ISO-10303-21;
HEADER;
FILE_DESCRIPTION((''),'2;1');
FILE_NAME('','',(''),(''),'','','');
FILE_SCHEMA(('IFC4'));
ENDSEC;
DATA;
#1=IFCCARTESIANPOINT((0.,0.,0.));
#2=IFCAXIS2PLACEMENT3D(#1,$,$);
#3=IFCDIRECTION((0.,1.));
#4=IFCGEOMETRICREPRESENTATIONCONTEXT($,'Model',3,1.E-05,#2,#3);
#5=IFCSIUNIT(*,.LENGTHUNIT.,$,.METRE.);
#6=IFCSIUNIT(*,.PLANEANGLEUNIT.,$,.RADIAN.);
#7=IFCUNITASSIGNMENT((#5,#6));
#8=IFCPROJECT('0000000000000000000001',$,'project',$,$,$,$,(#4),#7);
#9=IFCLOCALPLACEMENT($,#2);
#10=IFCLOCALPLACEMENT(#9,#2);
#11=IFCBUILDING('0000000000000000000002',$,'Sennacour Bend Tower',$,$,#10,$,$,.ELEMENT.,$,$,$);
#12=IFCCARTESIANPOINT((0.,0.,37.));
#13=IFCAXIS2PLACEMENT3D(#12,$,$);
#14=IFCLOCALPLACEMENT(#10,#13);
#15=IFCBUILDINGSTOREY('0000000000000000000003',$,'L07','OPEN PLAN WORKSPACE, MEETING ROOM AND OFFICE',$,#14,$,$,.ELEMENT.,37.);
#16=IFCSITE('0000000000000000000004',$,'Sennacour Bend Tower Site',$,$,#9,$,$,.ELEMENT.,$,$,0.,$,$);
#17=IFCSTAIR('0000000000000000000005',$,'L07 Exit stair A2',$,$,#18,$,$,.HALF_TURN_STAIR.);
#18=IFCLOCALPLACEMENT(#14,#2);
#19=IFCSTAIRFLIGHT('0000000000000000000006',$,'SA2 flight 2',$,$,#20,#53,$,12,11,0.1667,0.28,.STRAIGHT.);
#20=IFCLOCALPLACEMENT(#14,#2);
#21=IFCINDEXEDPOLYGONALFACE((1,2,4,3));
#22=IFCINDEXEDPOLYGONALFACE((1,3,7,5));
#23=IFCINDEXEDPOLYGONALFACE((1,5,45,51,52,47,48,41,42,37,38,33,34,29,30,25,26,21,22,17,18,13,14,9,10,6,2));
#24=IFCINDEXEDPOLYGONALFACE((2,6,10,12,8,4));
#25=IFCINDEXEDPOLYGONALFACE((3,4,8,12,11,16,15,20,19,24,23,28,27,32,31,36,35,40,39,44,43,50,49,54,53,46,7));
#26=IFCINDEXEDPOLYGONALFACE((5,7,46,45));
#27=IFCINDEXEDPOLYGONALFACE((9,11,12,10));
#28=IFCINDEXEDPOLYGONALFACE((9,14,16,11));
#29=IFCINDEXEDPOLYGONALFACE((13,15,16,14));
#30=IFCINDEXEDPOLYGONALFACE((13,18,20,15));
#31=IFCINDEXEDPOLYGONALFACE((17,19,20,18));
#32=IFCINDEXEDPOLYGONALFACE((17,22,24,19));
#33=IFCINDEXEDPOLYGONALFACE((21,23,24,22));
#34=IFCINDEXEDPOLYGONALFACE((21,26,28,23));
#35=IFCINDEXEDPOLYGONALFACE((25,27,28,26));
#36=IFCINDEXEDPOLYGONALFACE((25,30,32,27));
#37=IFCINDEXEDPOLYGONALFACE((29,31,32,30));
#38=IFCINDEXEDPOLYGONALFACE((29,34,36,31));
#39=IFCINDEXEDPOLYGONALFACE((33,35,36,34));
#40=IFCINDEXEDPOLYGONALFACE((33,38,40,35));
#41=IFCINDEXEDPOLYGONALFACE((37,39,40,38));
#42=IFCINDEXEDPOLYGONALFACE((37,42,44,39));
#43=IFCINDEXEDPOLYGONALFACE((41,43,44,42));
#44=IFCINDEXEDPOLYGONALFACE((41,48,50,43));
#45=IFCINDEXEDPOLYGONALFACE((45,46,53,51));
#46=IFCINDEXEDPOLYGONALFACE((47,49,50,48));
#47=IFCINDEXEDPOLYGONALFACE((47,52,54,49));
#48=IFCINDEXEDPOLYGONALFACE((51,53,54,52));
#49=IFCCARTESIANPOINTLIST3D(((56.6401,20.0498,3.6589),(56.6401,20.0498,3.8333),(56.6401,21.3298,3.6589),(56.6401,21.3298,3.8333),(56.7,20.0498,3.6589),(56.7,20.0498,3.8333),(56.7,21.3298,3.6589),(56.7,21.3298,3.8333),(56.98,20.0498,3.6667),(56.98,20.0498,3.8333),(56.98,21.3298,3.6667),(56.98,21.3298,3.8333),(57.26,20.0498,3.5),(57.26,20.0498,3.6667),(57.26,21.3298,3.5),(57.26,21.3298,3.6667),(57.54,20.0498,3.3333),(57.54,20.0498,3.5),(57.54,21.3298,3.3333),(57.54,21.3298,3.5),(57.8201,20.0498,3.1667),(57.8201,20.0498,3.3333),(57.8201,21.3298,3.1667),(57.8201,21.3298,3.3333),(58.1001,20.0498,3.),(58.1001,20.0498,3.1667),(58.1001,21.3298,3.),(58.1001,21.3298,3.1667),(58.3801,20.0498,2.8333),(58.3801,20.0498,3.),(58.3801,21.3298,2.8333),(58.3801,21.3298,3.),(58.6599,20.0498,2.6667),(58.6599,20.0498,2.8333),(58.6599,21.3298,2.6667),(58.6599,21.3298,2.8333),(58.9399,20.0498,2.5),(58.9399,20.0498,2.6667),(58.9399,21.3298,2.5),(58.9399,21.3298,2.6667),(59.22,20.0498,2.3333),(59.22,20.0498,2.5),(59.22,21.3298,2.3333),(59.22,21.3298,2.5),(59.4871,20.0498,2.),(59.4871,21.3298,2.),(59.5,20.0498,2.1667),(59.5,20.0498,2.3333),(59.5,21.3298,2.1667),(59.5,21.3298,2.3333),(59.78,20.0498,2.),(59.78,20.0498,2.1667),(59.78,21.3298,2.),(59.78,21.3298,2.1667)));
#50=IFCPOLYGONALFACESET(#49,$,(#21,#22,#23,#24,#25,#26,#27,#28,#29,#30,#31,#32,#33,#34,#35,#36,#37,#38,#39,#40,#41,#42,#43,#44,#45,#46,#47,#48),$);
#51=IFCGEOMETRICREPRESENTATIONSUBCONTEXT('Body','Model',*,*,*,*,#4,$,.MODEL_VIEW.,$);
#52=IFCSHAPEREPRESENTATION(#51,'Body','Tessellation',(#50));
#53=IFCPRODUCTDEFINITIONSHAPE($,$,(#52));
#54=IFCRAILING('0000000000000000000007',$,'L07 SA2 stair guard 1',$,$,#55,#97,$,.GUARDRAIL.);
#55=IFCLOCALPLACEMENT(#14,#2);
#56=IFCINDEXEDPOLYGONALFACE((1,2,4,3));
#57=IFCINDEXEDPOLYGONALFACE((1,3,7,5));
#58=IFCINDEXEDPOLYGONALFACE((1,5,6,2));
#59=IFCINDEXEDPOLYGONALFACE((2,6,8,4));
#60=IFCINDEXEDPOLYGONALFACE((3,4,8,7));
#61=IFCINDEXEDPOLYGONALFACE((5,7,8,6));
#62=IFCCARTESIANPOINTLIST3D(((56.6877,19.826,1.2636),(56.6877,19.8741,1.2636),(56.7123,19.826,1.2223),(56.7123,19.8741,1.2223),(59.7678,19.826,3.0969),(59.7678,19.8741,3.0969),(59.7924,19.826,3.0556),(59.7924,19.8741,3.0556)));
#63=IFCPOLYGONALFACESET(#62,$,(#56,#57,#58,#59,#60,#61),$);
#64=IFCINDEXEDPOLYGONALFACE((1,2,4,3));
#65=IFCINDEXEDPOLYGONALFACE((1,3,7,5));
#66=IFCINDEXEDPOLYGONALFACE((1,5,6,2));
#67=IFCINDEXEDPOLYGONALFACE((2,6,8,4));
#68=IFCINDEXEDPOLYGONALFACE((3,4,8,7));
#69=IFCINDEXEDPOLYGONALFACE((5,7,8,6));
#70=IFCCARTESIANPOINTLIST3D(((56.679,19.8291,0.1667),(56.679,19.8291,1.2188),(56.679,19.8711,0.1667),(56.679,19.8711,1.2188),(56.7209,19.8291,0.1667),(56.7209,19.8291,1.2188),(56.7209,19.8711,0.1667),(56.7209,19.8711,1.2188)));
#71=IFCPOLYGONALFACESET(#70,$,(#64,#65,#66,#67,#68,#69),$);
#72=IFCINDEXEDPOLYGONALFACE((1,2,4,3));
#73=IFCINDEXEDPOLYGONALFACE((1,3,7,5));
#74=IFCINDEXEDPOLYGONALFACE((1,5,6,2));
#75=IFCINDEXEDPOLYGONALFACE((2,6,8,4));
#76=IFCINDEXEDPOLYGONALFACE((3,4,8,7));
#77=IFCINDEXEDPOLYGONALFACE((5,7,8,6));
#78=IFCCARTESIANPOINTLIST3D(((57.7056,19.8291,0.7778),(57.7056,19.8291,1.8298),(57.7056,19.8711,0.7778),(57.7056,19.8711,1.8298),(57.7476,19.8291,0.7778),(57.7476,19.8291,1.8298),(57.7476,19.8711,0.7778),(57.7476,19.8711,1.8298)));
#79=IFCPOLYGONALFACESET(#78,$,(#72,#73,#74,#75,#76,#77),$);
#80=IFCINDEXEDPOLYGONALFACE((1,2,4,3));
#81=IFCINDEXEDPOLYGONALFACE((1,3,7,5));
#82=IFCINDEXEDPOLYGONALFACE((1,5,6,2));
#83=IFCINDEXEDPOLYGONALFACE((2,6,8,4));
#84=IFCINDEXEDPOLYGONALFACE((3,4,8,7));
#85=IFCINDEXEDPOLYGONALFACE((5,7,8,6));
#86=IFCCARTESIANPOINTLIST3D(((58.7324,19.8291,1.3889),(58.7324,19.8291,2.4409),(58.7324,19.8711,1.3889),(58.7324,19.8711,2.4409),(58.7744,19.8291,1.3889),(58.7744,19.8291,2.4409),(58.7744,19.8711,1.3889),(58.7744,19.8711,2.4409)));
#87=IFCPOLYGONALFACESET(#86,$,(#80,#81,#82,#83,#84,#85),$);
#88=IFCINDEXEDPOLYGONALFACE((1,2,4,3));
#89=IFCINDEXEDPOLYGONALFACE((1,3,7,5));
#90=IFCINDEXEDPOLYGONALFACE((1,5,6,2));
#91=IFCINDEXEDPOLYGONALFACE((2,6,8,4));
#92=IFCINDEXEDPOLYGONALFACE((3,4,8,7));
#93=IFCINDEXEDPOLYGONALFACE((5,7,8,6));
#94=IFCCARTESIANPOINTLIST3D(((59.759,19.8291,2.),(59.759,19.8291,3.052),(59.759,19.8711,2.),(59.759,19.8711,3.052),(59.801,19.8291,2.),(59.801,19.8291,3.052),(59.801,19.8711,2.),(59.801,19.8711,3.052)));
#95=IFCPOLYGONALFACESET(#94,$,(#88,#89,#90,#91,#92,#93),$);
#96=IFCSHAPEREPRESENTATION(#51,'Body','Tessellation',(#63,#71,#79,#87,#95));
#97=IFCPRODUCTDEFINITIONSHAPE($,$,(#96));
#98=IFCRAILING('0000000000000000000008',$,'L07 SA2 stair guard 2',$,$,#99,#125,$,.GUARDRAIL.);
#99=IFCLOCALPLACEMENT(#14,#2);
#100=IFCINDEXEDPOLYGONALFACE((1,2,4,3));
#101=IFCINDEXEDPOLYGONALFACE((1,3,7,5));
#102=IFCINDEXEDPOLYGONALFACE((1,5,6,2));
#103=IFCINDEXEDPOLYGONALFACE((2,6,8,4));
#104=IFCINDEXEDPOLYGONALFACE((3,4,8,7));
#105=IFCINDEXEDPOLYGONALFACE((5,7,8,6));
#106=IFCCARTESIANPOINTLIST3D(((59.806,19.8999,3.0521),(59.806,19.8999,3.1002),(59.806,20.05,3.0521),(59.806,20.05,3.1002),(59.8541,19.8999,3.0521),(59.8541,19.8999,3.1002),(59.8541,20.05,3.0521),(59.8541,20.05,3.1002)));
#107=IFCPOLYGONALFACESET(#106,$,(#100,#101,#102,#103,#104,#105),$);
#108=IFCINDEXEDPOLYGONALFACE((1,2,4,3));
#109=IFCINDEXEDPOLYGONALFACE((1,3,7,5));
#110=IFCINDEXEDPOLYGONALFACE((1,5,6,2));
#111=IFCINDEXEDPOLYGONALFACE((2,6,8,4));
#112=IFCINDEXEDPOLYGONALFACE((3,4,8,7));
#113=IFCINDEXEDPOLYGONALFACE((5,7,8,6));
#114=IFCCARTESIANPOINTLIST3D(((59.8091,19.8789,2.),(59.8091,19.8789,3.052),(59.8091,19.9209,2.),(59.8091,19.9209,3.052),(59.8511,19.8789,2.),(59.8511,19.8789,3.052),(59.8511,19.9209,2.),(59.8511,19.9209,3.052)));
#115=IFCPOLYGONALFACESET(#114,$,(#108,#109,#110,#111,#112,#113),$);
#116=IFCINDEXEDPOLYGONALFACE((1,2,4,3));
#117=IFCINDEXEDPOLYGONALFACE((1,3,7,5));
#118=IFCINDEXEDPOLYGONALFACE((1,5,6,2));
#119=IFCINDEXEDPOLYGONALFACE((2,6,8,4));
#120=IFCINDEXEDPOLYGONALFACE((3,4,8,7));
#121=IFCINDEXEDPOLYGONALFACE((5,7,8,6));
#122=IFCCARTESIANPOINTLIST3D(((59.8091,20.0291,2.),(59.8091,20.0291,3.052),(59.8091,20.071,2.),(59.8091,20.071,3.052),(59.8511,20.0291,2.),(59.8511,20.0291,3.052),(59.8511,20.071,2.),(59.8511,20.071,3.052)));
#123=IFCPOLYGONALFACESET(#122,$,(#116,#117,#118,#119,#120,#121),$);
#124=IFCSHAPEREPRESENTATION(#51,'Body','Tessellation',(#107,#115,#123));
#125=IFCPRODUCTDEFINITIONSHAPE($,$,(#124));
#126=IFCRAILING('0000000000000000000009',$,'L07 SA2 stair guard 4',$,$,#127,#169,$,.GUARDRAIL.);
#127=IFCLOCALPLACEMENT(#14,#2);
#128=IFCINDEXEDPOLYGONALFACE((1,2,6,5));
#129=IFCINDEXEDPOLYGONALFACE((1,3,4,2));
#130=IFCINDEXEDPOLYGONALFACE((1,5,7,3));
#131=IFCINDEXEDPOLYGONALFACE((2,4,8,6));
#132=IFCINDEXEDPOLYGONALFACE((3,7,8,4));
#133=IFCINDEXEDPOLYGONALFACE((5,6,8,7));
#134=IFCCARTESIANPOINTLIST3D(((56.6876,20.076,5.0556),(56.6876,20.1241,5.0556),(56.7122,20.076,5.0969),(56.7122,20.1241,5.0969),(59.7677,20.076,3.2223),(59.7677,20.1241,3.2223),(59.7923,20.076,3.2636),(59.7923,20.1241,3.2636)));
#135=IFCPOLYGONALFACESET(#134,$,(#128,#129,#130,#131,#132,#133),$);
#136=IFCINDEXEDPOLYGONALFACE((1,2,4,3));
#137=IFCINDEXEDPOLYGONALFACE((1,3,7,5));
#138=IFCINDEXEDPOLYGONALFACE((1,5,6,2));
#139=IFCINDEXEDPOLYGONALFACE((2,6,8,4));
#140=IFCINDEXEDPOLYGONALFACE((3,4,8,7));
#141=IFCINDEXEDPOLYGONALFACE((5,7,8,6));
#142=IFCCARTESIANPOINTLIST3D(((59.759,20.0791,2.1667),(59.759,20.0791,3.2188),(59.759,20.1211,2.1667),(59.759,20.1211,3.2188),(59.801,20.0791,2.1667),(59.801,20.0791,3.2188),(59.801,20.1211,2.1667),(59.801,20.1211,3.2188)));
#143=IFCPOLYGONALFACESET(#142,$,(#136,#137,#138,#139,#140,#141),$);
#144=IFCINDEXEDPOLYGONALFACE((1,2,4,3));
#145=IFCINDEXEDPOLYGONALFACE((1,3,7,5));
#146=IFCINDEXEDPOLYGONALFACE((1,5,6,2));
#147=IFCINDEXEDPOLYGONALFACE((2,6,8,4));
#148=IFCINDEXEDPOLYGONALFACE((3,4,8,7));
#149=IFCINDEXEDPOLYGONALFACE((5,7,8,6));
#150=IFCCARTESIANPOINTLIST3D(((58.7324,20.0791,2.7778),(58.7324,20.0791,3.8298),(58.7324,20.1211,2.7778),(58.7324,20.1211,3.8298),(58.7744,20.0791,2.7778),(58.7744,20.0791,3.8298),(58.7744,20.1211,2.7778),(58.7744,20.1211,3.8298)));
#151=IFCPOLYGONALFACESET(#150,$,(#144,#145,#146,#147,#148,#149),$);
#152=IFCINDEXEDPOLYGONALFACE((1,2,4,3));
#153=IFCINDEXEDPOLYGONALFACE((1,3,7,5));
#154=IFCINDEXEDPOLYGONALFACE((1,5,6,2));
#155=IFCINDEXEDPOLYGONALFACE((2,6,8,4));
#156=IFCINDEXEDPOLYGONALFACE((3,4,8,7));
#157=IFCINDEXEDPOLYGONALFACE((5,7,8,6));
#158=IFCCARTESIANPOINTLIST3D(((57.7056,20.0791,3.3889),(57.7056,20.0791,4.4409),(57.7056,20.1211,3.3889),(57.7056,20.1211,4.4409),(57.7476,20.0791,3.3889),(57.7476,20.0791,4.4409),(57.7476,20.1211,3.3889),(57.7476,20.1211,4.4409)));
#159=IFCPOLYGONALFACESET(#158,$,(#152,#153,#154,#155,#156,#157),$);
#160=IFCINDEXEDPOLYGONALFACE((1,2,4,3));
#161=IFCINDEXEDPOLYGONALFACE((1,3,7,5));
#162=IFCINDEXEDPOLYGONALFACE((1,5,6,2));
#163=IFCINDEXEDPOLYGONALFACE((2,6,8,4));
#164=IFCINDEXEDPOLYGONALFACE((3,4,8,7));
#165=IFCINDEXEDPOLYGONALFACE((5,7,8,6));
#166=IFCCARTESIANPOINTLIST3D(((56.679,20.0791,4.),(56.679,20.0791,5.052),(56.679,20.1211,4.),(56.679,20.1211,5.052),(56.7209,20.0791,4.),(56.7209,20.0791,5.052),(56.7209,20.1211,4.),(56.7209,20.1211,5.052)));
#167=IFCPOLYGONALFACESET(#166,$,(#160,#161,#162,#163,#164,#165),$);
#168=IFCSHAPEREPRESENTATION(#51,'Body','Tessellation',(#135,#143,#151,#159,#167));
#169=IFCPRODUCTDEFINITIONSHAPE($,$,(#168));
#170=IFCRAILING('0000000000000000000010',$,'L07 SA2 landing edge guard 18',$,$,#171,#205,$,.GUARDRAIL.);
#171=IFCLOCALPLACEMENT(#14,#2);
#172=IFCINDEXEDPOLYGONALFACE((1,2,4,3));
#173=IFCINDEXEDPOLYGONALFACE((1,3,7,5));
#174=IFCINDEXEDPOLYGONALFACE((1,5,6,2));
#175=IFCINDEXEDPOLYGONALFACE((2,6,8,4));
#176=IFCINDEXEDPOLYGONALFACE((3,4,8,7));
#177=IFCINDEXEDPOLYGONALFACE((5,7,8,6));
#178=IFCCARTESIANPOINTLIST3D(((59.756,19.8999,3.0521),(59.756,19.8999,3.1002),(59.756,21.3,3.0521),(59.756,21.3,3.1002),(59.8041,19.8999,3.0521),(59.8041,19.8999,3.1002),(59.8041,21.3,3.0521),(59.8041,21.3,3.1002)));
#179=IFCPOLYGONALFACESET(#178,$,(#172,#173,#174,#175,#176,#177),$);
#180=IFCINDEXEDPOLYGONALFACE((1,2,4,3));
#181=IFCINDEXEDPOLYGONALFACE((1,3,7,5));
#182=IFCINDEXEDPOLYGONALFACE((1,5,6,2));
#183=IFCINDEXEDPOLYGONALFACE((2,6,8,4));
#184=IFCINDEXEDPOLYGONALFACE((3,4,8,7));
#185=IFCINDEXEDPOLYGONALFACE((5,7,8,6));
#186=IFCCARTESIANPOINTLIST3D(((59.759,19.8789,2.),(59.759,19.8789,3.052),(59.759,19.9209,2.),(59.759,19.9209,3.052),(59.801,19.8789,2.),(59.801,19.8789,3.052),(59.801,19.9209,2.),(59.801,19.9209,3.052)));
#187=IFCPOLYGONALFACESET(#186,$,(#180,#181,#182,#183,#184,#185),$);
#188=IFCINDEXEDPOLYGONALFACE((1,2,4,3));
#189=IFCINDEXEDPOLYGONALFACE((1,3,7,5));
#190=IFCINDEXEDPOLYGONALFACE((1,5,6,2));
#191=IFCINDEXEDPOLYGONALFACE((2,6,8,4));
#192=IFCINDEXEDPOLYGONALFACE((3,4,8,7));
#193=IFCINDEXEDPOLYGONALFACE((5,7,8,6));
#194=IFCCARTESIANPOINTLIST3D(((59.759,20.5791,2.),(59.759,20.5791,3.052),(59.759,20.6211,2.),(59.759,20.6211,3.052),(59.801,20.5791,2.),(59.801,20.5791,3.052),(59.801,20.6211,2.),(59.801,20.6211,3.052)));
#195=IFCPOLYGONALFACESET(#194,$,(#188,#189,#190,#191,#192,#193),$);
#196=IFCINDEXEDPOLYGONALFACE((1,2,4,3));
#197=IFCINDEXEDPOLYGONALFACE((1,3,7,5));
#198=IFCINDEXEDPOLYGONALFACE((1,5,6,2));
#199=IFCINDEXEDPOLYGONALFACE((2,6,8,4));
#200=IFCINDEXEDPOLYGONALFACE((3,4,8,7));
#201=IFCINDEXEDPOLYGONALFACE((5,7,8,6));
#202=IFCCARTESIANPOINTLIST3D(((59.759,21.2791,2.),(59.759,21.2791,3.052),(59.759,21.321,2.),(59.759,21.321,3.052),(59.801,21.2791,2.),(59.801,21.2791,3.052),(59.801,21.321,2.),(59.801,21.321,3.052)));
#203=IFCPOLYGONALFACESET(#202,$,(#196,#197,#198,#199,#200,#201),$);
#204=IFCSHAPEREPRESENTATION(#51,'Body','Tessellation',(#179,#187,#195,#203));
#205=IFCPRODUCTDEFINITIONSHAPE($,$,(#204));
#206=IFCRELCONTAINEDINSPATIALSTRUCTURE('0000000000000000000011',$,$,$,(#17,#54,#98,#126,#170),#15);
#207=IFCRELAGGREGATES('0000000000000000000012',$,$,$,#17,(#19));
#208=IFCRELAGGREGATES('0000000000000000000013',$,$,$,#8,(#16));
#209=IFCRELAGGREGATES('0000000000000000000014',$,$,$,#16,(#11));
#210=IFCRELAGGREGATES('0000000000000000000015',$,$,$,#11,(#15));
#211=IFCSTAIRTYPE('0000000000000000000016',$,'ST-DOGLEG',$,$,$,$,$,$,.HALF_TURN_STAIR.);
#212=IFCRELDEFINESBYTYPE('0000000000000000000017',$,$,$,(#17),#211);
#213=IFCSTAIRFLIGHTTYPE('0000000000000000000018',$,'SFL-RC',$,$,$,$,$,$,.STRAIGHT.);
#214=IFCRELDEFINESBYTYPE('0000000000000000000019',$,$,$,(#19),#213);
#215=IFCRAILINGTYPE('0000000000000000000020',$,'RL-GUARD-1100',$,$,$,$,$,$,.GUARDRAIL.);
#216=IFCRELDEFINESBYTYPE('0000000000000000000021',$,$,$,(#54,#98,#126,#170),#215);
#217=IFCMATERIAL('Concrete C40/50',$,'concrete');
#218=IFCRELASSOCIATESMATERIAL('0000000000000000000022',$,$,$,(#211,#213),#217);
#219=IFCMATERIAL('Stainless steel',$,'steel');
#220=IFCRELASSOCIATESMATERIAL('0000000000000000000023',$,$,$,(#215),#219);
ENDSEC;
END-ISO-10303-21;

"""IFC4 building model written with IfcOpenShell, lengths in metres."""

from ifc_helpers import new_model, si_unit, direction, frame, origin, origin_2d, place, context, subcontext, project, spatial, polyline, rectangle, outline, extrude, material, type_object, element, aggregate, save


model = new_model("IFC4")

# Units and contexts
model_context = context("Model", 3, precision=1e-05, world=origin(), true_north=direction((0.0, 1.0)))
body_context = subcontext(model_context, "Body", "Model", "MODEL_VIEW")
ifc_project = project(units=[si_unit("LENGTHUNIT", "METRE"), si_unit("PLANEANGLEUNIT", "RADIAN")], contexts=[model_context])

# Site, building, storey
site_placement = place(None, origin())
site = spatial("IfcSite", under=ifc_project, at=site_placement, Name="Sennacour Bend Tower Site", CompositionType="ELEMENT", RefElevation=0.0)
building_placement = place(site_placement, origin())
building = spatial("IfcBuilding", under=site, at=building_placement, Name="Sennacour Bend Tower", CompositionType="ELEMENT")
storey_placement = place(building_placement, frame((0.0, 0.0, 37.0)))
storey = spatial("IfcBuildingStorey", under=building, at=storey_placement, Name="L07", Description="OPEN PLAN WORKSPACE, MEETING ROOM AND OFFICE", CompositionType="ELEMENT", Elevation=37.0)

# Shared definitions
ifc_material_1 = material(Name="Stainless steel", Category="steel")

# Stair, stair flight
ifc_material_2 = material(Name="Concrete C40/50", Category="concrete")
stair_type = type_object("IfcStairType", Name="ST-DOGLEG", PredefinedType="HALF_TURN_STAIR", material=ifc_material_2)
stair_placement = place(storey_placement, origin())
stair = element("IfcStair", 1, at=stair_placement, inside=storey, type_object=stair_type, Name="L07 Exit stair A2", PredefinedType="HALF_TURN_STAIR")
stair_flight_type = type_object("IfcStairFlightType", Name="SFL-RC", PredefinedType="STRAIGHT", material=ifc_material_2)
stair_flight_1_placement = place(storey_placement, frame((59.78, 20.6899, 2.0), z_axis=(0.0, 0.0, 1.0), x_axis=(-1.0, 0.0, 0.0)))
stair_flight_1 = element("IfcStairFlight", 2, at=stair_flight_1_placement, type_object=stair_flight_type, Name="SA2 flight 2", NumberOfRisers=12, NumberOfTreads=11, PredefinedType="STRAIGHT", RiserHeight=0.1667, TreadLength=0.28, context=body_context, shape_type="SweptSolid", body=[
    extrude(outline(polyline([(0.0, 0.0), (0.0, 0.1667), (0.28, 0.1667), (0.28, 0.3333), (0.5601, 0.3333), (0.5601, 0.5), (0.8401, 0.5), (0.8401, 0.6667), (1.1201, 0.6667), (1.1201, 0.8333), (1.3999, 0.8333), (1.3999, 1.0), (1.6799, 1.0), (1.6799, 1.1667), (1.96, 1.1667), (1.96, 1.3333), (2.24, 1.3333), (2.24, 1.5), (2.52, 1.5), (2.52, 1.6667), (2.8, 1.6667), (2.8, 1.8333), (3.0801, 1.8333), (3.1399, 1.8333), (3.1399, 1.6589), (3.0801, 1.6589), (0.293, 0.0), (0.0, 0.0)])), frame((0.0, 0.6401, 0.0), z_axis=(0.0, -1.0, 0.0), x_axis=(1.0, 0.0, 0.0)), (0.0, 0.0, 1.0), 1.28),
])
aggregate(stair, [stair_flight_1])

# Railings
railing_type_1 = type_object("IfcRailingType", Name="RL-GUARD-1100", PredefinedType="GUARDRAIL", material=ifc_material_1)
railing_1_placement = place(storey_placement, frame((56.7, 19.8501, 0.1667)))
element("IfcRailing", 3, at=railing_1_placement, inside=storey, type_object=railing_type_1, Name="L07 SA2 stair guard 1", PredefinedType="GUARDRAIL", context=body_context, shape_type="SweptSolid", body=[
    extrude(rectangle(XDim=0.0481, YDim=0.0481, at=origin_2d()), frame((0.0, 0.0, 1.0762), z_axis=(0.859309, 0.0, 0.511458), x_axis=(0.0, 1.0, 0.0)), (0.0, 0.0, 1.0), 3.5845),
    extrude(rectangle(XDim=0.042, YDim=0.042, at=origin_2d()), origin(), (0.0, 0.0, 1.0), 1.052),
    extrude(rectangle(XDim=0.042, YDim=0.042, at=origin_2d()), frame((1.0266, 0.0, 0.6111)), (0.0, 0.0, 1.0), 1.052),
    extrude(rectangle(XDim=0.042, YDim=0.042, at=origin_2d()), frame((2.0535, 0.0, 1.2222)), (0.0, 0.0, 1.0), 1.052),
    extrude(rectangle(XDim=0.042, YDim=0.042, at=origin_2d()), frame((3.0801, 0.0, 1.8333)), (0.0, 0.0, 1.0), 1.052),
])
railing_2_placement = place(storey_placement, frame((59.8301, 19.8999, 2.0)))
element("IfcRailing", 4, at=railing_2_placement, inside=storey, type_object=railing_type_1, Name="L07 SA2 stair guard 2", PredefinedType="GUARDRAIL", context=body_context, shape_type="SweptSolid", body=[
    extrude(rectangle(XDim=0.0481, YDim=0.0481, at=origin_2d()), frame((0.0, 0.0, 1.0762), z_axis=(0.0, 1.0, 0.0), x_axis=(-1.0, 0.0, 0.0)), (0.0, 0.0, 1.0), 0.1501),
    extrude(rectangle(XDim=0.042, YDim=0.042, at=origin_2d()), origin(), (0.0, 0.0, 1.0), 1.052),
    extrude(rectangle(XDim=0.042, YDim=0.042, at=origin_2d()), frame((0.0, 0.1501, 0.0)), (0.0, 0.0, 1.0), 1.052),
])
railing_3_placement = place(storey_placement, frame((59.78, 20.1001, 2.1667)))
element("IfcRailing", 5, at=railing_3_placement, inside=storey, type_object=railing_type_1, Name="L07 SA2 stair guard 4", PredefinedType="GUARDRAIL", context=body_context, shape_type="SweptSolid", body=[
    extrude(rectangle(XDim=0.0481, YDim=0.0481, at=origin_2d()), frame((0.0, 0.0, 1.0762), z_axis=(-0.859309, 0.0, 0.511458), x_axis=(0.0, -1.0, 0.0)), (0.0, 0.0, 1.0), 3.5845),
    extrude(rectangle(XDim=0.042, YDim=0.042, at=origin_2d()), origin(), (0.0, 0.0, 1.0), 1.052),
    extrude(rectangle(XDim=0.042, YDim=0.042, at=origin_2d()), frame((-1.0266, 0.0, 0.6111)), (0.0, 0.0, 1.0), 1.052),
    extrude(rectangle(XDim=0.042, YDim=0.042, at=origin_2d()), frame((-2.0535, 0.0, 1.2222)), (0.0, 0.0, 1.0), 1.052),
    extrude(rectangle(XDim=0.042, YDim=0.042, at=origin_2d()), frame((-3.0801, 0.0, 1.8333)), (0.0, 0.0, 1.0), 1.052),
])
railing_4_placement = place(storey_placement, frame((59.78, 19.8999, 2.0)))
element("IfcRailing", 6, at=railing_4_placement, inside=storey, type_object=railing_type_1, Name="L07 SA2 landing edge guard 18", PredefinedType="GUARDRAIL", context=body_context, shape_type="SweptSolid", body=[
    extrude(rectangle(XDim=0.0481, YDim=0.0481, at=origin_2d()), frame((0.0, 0.0, 1.0762), z_axis=(0.0, 1.0, 0.0), x_axis=(-1.0, 0.0, 0.0)), (0.0, 0.0, 1.0), 1.4001),
    extrude(rectangle(XDim=0.042, YDim=0.042, at=origin_2d()), origin(), (0.0, 0.0, 1.0), 1.052),
    extrude(rectangle(XDim=0.042, YDim=0.042, at=origin_2d()), frame((0.0, 0.7002, 0.0)), (0.0, 0.0, 1.0), 1.052),
    extrude(rectangle(XDim=0.042, YDim=0.042, at=origin_2d()), frame((0.0, 1.4001, 0.0)), (0.0, 0.0, 1.0), 1.052),
])

save(model, "model.ifc")
